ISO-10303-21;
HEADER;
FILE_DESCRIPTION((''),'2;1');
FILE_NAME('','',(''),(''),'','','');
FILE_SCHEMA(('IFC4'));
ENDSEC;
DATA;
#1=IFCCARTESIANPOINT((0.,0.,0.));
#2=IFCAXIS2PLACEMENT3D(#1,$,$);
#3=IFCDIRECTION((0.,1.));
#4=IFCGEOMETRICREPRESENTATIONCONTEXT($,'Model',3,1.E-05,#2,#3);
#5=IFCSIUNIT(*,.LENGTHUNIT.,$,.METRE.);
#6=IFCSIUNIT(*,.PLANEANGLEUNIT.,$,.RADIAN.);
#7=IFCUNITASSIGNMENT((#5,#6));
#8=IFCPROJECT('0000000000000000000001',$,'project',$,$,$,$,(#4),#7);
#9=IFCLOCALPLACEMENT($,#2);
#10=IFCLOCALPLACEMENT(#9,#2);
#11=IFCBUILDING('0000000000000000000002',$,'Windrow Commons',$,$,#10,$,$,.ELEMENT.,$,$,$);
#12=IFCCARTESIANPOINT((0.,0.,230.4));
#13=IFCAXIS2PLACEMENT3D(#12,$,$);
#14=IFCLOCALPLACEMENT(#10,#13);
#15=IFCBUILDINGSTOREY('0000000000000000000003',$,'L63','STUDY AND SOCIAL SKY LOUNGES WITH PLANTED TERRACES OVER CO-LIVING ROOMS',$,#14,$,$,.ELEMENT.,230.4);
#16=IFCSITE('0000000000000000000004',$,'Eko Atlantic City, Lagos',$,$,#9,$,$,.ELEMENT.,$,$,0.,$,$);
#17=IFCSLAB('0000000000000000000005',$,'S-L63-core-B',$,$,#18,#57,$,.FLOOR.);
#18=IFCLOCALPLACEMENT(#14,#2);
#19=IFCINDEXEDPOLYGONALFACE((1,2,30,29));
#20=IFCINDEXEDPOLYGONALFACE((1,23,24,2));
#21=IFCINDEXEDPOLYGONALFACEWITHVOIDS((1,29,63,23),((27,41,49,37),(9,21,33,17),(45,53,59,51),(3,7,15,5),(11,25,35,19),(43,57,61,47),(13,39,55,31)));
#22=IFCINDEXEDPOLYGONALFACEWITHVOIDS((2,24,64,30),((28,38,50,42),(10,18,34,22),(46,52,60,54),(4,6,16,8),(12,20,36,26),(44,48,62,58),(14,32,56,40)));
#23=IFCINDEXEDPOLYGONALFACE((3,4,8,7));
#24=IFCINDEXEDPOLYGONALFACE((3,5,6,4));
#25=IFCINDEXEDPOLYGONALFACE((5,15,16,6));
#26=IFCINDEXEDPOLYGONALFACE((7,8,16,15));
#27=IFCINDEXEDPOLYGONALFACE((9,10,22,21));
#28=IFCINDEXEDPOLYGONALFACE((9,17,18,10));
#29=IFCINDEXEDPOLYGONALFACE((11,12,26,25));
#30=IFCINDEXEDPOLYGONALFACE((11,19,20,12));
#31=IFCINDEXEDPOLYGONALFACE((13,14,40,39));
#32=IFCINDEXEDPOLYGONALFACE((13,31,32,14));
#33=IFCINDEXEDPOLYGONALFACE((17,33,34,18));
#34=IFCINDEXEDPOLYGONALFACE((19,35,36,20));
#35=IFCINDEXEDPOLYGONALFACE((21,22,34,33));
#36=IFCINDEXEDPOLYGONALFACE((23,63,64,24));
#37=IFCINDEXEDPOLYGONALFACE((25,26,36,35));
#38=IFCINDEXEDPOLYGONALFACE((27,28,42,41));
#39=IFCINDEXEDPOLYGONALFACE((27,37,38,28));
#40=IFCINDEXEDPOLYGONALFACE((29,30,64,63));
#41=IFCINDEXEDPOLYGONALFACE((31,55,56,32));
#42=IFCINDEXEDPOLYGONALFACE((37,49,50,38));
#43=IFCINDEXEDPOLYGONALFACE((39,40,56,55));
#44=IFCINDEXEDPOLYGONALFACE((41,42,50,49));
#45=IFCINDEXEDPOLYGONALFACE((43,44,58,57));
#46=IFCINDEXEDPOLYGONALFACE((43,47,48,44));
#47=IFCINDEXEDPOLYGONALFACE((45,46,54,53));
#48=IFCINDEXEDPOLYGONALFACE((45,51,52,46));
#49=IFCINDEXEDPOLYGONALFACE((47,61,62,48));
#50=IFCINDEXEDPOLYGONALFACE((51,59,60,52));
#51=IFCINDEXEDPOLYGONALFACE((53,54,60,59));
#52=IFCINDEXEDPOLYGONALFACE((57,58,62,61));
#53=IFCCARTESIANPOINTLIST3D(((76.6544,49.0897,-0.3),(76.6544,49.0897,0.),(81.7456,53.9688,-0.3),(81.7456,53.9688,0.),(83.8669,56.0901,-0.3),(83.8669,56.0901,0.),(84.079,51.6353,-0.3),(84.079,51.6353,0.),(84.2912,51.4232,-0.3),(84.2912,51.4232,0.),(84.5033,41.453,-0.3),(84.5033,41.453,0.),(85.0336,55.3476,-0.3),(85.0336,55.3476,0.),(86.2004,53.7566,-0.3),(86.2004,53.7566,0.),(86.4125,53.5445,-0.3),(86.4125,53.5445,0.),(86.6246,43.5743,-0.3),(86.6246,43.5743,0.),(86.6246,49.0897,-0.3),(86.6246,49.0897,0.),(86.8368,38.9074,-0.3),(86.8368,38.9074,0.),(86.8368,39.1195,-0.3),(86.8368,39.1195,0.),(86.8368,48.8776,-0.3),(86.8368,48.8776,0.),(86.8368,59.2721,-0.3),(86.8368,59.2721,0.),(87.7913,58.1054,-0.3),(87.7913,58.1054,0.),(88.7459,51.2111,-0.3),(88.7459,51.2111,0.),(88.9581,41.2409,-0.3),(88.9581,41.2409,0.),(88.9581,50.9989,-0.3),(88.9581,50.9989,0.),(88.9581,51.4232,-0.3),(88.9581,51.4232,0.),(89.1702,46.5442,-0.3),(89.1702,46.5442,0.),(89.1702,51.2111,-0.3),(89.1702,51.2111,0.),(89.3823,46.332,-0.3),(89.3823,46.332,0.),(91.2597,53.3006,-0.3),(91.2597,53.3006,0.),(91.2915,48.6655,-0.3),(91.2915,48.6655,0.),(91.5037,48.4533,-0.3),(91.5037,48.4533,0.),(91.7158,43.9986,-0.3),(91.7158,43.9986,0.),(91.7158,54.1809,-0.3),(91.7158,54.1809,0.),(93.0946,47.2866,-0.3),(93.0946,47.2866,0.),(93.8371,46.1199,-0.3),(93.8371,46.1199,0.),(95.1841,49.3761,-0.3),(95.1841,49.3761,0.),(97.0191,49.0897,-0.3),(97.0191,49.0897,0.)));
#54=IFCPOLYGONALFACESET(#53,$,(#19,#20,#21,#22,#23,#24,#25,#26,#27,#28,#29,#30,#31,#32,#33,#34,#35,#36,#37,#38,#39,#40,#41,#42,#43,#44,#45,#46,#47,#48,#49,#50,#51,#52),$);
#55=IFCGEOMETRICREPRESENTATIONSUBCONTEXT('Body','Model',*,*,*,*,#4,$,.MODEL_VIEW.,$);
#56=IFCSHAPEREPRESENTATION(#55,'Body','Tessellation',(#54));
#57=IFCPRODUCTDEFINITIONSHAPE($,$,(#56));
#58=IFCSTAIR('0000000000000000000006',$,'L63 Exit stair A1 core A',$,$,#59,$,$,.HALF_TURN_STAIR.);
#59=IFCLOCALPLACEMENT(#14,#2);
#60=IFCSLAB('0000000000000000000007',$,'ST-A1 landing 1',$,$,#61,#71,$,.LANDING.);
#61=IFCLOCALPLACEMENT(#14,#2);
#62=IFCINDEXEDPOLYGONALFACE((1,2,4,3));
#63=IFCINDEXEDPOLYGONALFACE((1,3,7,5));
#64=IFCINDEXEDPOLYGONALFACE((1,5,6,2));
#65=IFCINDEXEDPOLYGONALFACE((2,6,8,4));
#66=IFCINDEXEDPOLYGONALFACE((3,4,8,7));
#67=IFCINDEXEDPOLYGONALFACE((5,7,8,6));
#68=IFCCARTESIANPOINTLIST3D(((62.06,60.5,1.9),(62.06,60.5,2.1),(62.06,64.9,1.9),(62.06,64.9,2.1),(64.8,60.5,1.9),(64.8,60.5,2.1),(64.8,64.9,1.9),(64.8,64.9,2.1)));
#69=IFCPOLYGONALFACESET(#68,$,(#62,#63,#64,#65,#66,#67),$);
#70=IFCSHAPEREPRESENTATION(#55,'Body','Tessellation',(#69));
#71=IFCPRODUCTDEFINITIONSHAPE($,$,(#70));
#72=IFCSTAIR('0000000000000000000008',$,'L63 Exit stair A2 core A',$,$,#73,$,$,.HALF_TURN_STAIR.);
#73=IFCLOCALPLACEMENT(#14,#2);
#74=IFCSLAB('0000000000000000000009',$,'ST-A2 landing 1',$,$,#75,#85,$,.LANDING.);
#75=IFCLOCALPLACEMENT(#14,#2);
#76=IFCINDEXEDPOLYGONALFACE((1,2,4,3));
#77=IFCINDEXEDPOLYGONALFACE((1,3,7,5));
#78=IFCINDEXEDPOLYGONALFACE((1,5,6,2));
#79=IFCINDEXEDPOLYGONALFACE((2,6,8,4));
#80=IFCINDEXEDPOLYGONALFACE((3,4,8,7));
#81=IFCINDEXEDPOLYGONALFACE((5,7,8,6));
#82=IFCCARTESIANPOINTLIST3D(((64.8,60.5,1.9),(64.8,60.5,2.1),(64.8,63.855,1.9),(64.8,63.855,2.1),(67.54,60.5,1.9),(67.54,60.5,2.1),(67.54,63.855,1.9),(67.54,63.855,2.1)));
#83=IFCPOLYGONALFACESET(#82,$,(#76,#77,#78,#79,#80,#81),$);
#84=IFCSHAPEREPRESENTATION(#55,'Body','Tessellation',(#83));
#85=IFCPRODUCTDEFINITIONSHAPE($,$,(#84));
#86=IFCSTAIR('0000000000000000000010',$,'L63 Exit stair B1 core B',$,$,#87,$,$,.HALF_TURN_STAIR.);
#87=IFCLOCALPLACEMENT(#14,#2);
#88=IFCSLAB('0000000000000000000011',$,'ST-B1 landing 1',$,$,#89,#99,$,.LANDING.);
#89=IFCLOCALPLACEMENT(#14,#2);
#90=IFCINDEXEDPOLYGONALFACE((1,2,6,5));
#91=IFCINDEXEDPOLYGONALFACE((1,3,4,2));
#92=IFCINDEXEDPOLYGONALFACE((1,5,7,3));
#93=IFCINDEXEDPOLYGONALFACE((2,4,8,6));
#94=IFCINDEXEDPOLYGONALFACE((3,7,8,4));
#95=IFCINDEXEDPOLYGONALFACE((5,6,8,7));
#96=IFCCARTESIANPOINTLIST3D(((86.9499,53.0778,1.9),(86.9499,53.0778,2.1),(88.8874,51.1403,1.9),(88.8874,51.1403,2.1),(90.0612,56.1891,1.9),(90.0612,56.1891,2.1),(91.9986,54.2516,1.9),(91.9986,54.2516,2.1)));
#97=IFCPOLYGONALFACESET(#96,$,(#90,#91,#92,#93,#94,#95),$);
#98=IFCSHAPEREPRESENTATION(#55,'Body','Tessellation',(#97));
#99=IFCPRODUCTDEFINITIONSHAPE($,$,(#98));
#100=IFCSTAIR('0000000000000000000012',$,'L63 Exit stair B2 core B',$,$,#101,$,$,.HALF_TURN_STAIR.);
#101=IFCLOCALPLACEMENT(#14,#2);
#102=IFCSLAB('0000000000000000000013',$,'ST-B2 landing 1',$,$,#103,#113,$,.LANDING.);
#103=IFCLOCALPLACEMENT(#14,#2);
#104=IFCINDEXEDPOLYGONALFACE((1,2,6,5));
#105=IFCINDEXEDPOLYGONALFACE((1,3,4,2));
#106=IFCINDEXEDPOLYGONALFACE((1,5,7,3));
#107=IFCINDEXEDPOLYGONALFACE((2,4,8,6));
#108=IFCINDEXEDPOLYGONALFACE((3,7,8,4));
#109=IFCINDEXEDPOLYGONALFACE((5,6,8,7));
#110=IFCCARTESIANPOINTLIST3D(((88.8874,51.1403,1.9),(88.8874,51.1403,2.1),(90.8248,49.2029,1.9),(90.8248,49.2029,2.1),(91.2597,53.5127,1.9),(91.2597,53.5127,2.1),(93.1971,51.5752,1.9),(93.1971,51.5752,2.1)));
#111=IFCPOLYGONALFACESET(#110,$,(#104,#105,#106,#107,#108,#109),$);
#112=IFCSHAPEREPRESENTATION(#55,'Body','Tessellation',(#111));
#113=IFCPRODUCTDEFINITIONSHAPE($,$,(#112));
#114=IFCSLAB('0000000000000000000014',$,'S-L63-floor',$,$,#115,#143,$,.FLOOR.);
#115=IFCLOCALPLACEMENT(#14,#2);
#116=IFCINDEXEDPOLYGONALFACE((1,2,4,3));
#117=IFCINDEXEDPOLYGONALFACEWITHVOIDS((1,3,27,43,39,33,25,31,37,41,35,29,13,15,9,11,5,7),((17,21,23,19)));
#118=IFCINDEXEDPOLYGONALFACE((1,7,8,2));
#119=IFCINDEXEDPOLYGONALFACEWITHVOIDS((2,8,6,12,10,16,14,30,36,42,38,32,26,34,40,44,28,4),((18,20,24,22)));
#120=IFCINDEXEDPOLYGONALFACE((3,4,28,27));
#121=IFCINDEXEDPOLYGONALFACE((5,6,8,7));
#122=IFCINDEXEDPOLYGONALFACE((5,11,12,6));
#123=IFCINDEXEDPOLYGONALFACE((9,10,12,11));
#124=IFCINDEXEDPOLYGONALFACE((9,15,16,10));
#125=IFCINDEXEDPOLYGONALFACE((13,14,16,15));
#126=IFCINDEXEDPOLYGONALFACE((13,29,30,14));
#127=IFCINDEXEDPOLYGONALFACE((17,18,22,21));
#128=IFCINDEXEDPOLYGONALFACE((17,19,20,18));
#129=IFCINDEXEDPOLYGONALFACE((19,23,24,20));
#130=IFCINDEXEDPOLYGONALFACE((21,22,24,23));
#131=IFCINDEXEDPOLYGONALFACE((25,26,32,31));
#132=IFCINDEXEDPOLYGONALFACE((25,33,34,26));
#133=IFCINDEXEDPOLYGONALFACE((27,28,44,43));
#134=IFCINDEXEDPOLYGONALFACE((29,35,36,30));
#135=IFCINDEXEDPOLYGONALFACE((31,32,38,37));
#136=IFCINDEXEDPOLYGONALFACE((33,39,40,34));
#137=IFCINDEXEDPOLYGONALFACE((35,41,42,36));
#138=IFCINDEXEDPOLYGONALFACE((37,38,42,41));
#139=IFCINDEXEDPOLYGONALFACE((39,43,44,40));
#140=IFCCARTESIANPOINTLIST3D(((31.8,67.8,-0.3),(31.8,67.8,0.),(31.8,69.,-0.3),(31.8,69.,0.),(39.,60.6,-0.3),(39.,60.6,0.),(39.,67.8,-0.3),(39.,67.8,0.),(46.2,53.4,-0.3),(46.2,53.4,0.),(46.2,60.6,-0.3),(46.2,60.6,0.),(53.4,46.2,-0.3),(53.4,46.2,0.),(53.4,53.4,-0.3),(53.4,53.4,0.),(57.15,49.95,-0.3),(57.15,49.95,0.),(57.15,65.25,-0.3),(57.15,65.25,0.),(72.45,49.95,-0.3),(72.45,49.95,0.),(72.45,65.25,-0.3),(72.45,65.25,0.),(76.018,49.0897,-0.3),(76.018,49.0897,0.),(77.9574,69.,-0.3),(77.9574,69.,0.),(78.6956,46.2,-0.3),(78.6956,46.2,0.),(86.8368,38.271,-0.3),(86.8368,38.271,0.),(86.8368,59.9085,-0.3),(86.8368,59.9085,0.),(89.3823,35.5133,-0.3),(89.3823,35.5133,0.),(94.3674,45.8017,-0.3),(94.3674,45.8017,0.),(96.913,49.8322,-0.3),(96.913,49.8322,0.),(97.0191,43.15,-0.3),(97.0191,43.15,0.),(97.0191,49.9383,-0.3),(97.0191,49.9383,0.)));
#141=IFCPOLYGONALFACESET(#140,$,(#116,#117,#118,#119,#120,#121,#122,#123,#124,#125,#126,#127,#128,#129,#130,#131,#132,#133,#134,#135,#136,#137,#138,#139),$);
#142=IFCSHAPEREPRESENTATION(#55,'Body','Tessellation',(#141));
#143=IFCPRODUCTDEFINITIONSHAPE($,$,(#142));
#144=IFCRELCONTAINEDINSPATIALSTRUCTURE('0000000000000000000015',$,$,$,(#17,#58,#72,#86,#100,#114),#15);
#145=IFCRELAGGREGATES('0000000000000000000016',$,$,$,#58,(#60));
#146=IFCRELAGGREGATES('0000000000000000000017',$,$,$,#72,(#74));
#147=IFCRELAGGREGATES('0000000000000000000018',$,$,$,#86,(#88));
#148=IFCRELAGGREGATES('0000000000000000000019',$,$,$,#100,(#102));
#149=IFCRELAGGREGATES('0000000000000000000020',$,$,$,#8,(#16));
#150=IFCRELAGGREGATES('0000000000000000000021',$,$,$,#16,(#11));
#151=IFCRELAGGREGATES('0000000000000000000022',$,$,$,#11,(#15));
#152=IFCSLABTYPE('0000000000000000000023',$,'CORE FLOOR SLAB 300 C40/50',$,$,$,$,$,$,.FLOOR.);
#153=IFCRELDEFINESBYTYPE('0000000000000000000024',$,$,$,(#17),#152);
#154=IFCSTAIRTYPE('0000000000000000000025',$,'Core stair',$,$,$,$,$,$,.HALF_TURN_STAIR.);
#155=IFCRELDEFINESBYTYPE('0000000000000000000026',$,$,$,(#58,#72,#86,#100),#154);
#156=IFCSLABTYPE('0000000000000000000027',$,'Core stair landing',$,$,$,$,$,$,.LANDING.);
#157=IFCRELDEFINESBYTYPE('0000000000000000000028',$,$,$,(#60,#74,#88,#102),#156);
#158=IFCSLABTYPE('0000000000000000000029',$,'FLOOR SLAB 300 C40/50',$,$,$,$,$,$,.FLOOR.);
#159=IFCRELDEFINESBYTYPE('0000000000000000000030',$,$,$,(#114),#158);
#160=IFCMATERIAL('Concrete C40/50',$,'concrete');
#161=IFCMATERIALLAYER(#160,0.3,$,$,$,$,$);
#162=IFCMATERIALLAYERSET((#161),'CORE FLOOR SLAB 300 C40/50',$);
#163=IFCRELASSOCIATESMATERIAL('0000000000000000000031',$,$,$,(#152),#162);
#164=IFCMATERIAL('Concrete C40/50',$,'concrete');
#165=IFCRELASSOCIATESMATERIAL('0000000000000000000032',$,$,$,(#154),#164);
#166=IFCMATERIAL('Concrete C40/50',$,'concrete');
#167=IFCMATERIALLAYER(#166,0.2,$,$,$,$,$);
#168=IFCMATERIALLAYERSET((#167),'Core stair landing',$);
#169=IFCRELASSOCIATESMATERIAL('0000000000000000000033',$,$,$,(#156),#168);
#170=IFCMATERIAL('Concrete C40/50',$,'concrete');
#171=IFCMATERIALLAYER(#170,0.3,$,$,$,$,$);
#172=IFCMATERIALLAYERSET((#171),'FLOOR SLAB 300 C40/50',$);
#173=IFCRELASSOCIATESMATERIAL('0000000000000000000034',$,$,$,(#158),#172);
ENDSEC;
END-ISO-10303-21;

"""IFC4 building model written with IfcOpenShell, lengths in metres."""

from ifc_helpers import new_model, si_unit, direction, frame, origin, place, context, subcontext, project, spatial, polyline, outline, extrude, material, layer, layer_set, type_object, element, aggregate, save


model = new_model("IFC4")

# Units and contexts
model_context = context("Model", 3, precision=1e-05, world=origin(), true_north=direction((0.0, 1.0)))
body_context = subcontext(model_context, "Body", "Model", "MODEL_VIEW")
ifc_project = project(units=[si_unit("LENGTHUNIT", "METRE"), si_unit("PLANEANGLEUNIT", "RADIAN")], contexts=[model_context])

# Site, building, storey
site_placement = place(None, origin())
site = spatial("IfcSite", under=ifc_project, at=site_placement, Name="Eko Atlantic City, Lagos", CompositionType="ELEMENT", RefElevation=0.0)
building_placement = place(site_placement, origin())
building = spatial("IfcBuilding", under=site, at=building_placement, Name="Windrow Commons", CompositionType="ELEMENT")
storey_placement = place(building_placement, frame((0.0, 0.0, 230.4)))
storey = spatial("IfcBuildingStorey", under=building, at=storey_placement, Name="L63", Description="STUDY AND SOCIAL SKY LOUNGES WITH PLANTED TERRACES OVER CO-LIVING ROOMS", CompositionType="ELEMENT", Elevation=230.4)

# Slab, openings
ifc_material_1 = material(Name="Concrete C40/50", Category="concrete")
ifc_layer_1 = layer(ifc_material_1, 0.3)
ifc_layer_set_1 = layer_set([ifc_layer_1], Name="CORE FLOOR SLAB 300 C40/50")
slab_type_1 = type_object("IfcSlabType", Name="CORE FLOOR SLAB 300 C40/50", PredefinedType="FLOOR", material=ifc_layer_set_1)
placement_1 = place(storey_placement, frame((0.0, 0.0, -0.3)))
slab_1 = element("IfcSlab", 1, at=placement_1, inside=storey, type_object=slab_type_1, Name="S-L63-core-B", PredefinedType="FLOOR", context=body_context, shape_type="SweptSolid", body=[
    extrude(outline(polyline([(76.6544, 49.0897), (86.8368, 38.9074), (97.0191, 49.0897), (86.8368, 59.2721), (76.6544, 49.0897)]), holes=[polyline([(84.5033, 41.453), (86.8368, 39.1195), (88.9581, 41.2409), (86.6246, 43.5743), (84.5033, 41.453)]), polyline([(81.7456, 53.9688), (84.079, 51.6353), (86.2004, 53.7566), (83.8669, 56.0901), (81.7456, 53.9688)]), polyline([(84.2912, 51.4232), (86.6246, 49.0897), (88.7459, 51.2111), (86.4125, 53.5445), (84.2912, 51.4232)]), polyline([(86.8368, 48.8776), (89.1702, 46.5442), (91.2915, 48.6655), (88.9581, 50.9989), (86.8368, 48.8776)]), polyline([(89.3823, 46.332), (91.7158, 43.9986), (93.8371, 46.1199), (91.5037, 48.4533), (89.3823, 46.332)]), polyline([(85.0336, 55.3476), (88.9581, 51.4232), (91.7158, 54.1809), (87.7913, 58.1054), (85.0336, 55.3476)]), polyline([(89.1702, 51.2111), (93.0946, 47.2866), (95.1841, 49.3761), (91.2597, 53.3006), (89.1702, 51.2111)])]), origin(), (0.0, 0.0, 1.0), 0.3),
])
opening_1_placement = place(placement_1, origin())
element("IfcOpeningElement", 2, at=opening_1_placement, cuts=slab_1, PredefinedType="OPENING", context=body_context, shape_type="SweptSolid", body=[
    extrude(outline(polyline([(84.5104, 41.453), (86.6246, 43.5672), (88.951, 41.2409), (86.8368, 39.1266), (84.5104, 41.453)])), origin(), (0.0, 0.0, 1.0), 0.3),
])
opening_2_placement = place(placement_1, origin())
element("IfcOpeningElement", 3, at=opening_2_placement, cuts=slab_1, PredefinedType="OPENING", context=body_context, shape_type="SweptSolid", body=[
    extrude(outline(polyline([(81.7527, 53.9688), (83.8669, 56.083), (86.1933, 53.7566), (84.079, 51.6424), (81.7527, 53.9688)])), origin(), (0.0, 0.0, 1.0), 0.3),
])
opening_3_placement = place(placement_1, origin())
element("IfcOpeningElement", 4, at=opening_3_placement, cuts=slab_1, PredefinedType="OPENING", context=body_context, shape_type="SweptSolid", body=[
    extrude(outline(polyline([(84.2983, 51.4232), (86.4125, 53.5374), (88.7388, 51.2111), (86.6246, 49.0968), (84.2983, 51.4232)])), origin(), (0.0, 0.0, 1.0), 0.3),
])
opening_4_placement = place(placement_1, origin())
element("IfcOpeningElement", 5, at=opening_4_placement, cuts=slab_1, PredefinedType="OPENING", context=body_context, shape_type="SweptSolid", body=[
    extrude(outline(polyline([(86.8439, 48.8776), (88.9581, 50.9918), (91.2844, 48.6655), (89.1702, 46.5513), (86.8439, 48.8776)])), origin(), (0.0, 0.0, 1.0), 0.3),
])
opening_5_placement = place(placement_1, origin())
element("IfcOpeningElement", 6, at=opening_5_placement, cuts=slab_1, PredefinedType="OPENING", context=body_context, shape_type="SweptSolid", body=[
    extrude(outline(polyline([(89.3894, 46.332), (91.5037, 48.4462), (93.83, 46.1199), (91.7158, 44.0057), (89.3894, 46.332)])), origin(), (0.0, 0.0, 1.0), 0.3),
])
opening_6_placement = place(placement_1, origin())
element("IfcOpeningElement", 7, at=opening_6_placement, cuts=slab_1, PredefinedType="OPENING", context=body_context, shape_type="SweptSolid", body=[
    extrude(outline(polyline([(85.0407, 55.3476), (87.7913, 58.0983), (91.7087, 54.1809), (88.9581, 51.4303), (85.0407, 55.3476)])), origin(), (0.0, 0.0, 1.0), 0.3),
])
opening_7_placement = place(placement_1, origin())
element("IfcOpeningElement", 8, at=opening_7_placement, cuts=slab_1, PredefinedType="OPENING", context=body_context, shape_type="SweptSolid", body=[
    extrude(outline(polyline([(89.1773, 51.2111), (91.2597, 53.2935), (95.177, 49.3761), (93.0946, 47.2937), (89.1773, 51.2111)])), origin(), (0.0, 0.0, 1.0), 0.3),
])

# Stairs, slabs
ifc_material_2 = material(Name="Concrete C40/50", Category="concrete")
stair_type = type_object("IfcStairType", Name="Core stair", PredefinedType="HALF_TURN_STAIR", material=ifc_material_2)
placement_2 = place(storey_placement, origin())
stair_1 = element("IfcStair", 9, at=placement_2, inside=storey, type_object=stair_type, Name="L63 Exit stair A1 core A", PredefinedType="HALF_TURN_STAIR")
ifc_material_3 = material(Name="Concrete C40/50", Category="concrete")
ifc_layer_2 = layer(ifc_material_3, 0.2)
ifc_layer_set_2 = layer_set([ifc_layer_2], Name="Core stair landing")
slab_type_2 = type_object("IfcSlabType", Name="Core stair landing", PredefinedType="LANDING", material=ifc_layer_set_2)
placement_3 = place(storey_placement, frame((0.0, 0.0, 1.9)))
slab_2 = element("IfcSlab", 10, at=placement_3, type_object=slab_type_2, Name="ST-A1 landing 1", PredefinedType="LANDING", context=body_context, shape_type="SweptSolid", body=[
    extrude(outline(polyline([(62.06, 60.5), (64.8, 60.5), (64.8, 64.9), (62.06, 64.9), (62.06, 60.5)])), origin(), (0.0, 0.0, 1.0), 0.2),
])
aggregate(stair_1, [slab_2])
stair_2 = element("IfcStair", 11, at=placement_2, inside=storey, type_object=stair_type, Name="L63 Exit stair A2 core A", PredefinedType="HALF_TURN_STAIR")
slab_3 = element("IfcSlab", 12, at=placement_3, type_object=slab_type_2, Name="ST-A2 landing 1", PredefinedType="LANDING", context=body_context, shape_type="SweptSolid", body=[
    extrude(outline(polyline([(64.8, 60.5), (67.54, 60.5), (67.54, 63.855), (64.8, 63.855), (64.8, 60.5)])), origin(), (0.0, 0.0, 1.0), 0.2),
])
aggregate(stair_2, [slab_3])
stair_3 = element("IfcStair", 13, at=placement_2, inside=storey, type_object=stair_type, Name="L63 Exit stair B1 core B", PredefinedType="HALF_TURN_STAIR")
slab_4 = element("IfcSlab", 14, at=placement_3, type_object=slab_type_2, Name="ST-B1 landing 1", PredefinedType="LANDING", context=body_context, shape_type="SweptSolid", body=[
    extrude(outline(polyline([(86.9499, 53.0778), (88.8874, 51.1403), (91.9986, 54.2516), (90.0612, 56.1891), (86.9499, 53.0778)])), origin(), (0.0, 0.0, 1.0), 0.2),
])
aggregate(stair_3, [slab_4])
stair_4 = element("IfcStair", 15, at=placement_2, inside=storey, type_object=stair_type, Name="L63 Exit stair B2 core B", PredefinedType="HALF_TURN_STAIR")
slab_5 = element("IfcSlab", 16, at=placement_3, type_object=slab_type_2, Name="ST-B2 landing 1", PredefinedType="LANDING", context=body_context, shape_type="SweptSolid", body=[
    extrude(outline(polyline([(88.8874, 51.1403), (90.8248, 49.2029), (93.1971, 51.5752), (91.2597, 53.5127), (88.8874, 51.1403)])), origin(), (0.0, 0.0, 1.0), 0.2),
])
aggregate(stair_4, [slab_5])

# Slab, opening
ifc_material_4 = material(Name="Concrete C40/50", Category="concrete")
ifc_layer_3 = layer(ifc_material_4, 0.3)
ifc_layer_set_3 = layer_set([ifc_layer_3], Name="FLOOR SLAB 300 C40/50")
slab_type_3 = type_object("IfcSlabType", Name="FLOOR SLAB 300 C40/50", PredefinedType="FLOOR", material=ifc_layer_set_3)
slab_6 = element("IfcSlab", 17, at=placement_1, inside=storey, type_object=slab_type_3, Name="S-L63-floor", PredefinedType="FLOOR", context=body_context, shape_type="SweptSolid", body=[
    extrude(outline(polyline([(97.0191, 43.15), (94.3674, 45.8017), (86.8368, 38.271), (76.018, 49.0897), (86.8368, 59.9085), (96.913, 49.8322), (97.0191, 49.9383), (77.9574, 69.0), (31.8, 69.0), (31.8, 67.8), (39.0, 67.8), (39.0, 60.6), (46.2, 60.6), (46.2, 53.4), (53.4, 53.4), (53.4, 46.2), (78.6956, 46.2), (89.3823, 35.5133), (97.0191, 43.15)]), holes=[polyline([(57.15, 49.95), (57.15, 65.25), (72.45, 65.25), (72.45, 49.95), (57.15, 49.95)])]), origin(), (0.0, 0.0, 1.0), 0.3),
])
opening_8_placement = place(placement_1, origin())
element("IfcOpeningElement", 18, at=opening_8_placement, cuts=slab_6, PredefinedType="OPENING", context=body_context, shape_type="SweptSolid", body=[
    extrude(outline(polyline([(57.155, 49.955), (57.155, 65.245), (72.445, 65.245), (72.445, 49.955), (57.155, 49.955)])), origin(), (0.0, 0.0, 1.0), 0.3),
])

save(model, "model.ifc")
